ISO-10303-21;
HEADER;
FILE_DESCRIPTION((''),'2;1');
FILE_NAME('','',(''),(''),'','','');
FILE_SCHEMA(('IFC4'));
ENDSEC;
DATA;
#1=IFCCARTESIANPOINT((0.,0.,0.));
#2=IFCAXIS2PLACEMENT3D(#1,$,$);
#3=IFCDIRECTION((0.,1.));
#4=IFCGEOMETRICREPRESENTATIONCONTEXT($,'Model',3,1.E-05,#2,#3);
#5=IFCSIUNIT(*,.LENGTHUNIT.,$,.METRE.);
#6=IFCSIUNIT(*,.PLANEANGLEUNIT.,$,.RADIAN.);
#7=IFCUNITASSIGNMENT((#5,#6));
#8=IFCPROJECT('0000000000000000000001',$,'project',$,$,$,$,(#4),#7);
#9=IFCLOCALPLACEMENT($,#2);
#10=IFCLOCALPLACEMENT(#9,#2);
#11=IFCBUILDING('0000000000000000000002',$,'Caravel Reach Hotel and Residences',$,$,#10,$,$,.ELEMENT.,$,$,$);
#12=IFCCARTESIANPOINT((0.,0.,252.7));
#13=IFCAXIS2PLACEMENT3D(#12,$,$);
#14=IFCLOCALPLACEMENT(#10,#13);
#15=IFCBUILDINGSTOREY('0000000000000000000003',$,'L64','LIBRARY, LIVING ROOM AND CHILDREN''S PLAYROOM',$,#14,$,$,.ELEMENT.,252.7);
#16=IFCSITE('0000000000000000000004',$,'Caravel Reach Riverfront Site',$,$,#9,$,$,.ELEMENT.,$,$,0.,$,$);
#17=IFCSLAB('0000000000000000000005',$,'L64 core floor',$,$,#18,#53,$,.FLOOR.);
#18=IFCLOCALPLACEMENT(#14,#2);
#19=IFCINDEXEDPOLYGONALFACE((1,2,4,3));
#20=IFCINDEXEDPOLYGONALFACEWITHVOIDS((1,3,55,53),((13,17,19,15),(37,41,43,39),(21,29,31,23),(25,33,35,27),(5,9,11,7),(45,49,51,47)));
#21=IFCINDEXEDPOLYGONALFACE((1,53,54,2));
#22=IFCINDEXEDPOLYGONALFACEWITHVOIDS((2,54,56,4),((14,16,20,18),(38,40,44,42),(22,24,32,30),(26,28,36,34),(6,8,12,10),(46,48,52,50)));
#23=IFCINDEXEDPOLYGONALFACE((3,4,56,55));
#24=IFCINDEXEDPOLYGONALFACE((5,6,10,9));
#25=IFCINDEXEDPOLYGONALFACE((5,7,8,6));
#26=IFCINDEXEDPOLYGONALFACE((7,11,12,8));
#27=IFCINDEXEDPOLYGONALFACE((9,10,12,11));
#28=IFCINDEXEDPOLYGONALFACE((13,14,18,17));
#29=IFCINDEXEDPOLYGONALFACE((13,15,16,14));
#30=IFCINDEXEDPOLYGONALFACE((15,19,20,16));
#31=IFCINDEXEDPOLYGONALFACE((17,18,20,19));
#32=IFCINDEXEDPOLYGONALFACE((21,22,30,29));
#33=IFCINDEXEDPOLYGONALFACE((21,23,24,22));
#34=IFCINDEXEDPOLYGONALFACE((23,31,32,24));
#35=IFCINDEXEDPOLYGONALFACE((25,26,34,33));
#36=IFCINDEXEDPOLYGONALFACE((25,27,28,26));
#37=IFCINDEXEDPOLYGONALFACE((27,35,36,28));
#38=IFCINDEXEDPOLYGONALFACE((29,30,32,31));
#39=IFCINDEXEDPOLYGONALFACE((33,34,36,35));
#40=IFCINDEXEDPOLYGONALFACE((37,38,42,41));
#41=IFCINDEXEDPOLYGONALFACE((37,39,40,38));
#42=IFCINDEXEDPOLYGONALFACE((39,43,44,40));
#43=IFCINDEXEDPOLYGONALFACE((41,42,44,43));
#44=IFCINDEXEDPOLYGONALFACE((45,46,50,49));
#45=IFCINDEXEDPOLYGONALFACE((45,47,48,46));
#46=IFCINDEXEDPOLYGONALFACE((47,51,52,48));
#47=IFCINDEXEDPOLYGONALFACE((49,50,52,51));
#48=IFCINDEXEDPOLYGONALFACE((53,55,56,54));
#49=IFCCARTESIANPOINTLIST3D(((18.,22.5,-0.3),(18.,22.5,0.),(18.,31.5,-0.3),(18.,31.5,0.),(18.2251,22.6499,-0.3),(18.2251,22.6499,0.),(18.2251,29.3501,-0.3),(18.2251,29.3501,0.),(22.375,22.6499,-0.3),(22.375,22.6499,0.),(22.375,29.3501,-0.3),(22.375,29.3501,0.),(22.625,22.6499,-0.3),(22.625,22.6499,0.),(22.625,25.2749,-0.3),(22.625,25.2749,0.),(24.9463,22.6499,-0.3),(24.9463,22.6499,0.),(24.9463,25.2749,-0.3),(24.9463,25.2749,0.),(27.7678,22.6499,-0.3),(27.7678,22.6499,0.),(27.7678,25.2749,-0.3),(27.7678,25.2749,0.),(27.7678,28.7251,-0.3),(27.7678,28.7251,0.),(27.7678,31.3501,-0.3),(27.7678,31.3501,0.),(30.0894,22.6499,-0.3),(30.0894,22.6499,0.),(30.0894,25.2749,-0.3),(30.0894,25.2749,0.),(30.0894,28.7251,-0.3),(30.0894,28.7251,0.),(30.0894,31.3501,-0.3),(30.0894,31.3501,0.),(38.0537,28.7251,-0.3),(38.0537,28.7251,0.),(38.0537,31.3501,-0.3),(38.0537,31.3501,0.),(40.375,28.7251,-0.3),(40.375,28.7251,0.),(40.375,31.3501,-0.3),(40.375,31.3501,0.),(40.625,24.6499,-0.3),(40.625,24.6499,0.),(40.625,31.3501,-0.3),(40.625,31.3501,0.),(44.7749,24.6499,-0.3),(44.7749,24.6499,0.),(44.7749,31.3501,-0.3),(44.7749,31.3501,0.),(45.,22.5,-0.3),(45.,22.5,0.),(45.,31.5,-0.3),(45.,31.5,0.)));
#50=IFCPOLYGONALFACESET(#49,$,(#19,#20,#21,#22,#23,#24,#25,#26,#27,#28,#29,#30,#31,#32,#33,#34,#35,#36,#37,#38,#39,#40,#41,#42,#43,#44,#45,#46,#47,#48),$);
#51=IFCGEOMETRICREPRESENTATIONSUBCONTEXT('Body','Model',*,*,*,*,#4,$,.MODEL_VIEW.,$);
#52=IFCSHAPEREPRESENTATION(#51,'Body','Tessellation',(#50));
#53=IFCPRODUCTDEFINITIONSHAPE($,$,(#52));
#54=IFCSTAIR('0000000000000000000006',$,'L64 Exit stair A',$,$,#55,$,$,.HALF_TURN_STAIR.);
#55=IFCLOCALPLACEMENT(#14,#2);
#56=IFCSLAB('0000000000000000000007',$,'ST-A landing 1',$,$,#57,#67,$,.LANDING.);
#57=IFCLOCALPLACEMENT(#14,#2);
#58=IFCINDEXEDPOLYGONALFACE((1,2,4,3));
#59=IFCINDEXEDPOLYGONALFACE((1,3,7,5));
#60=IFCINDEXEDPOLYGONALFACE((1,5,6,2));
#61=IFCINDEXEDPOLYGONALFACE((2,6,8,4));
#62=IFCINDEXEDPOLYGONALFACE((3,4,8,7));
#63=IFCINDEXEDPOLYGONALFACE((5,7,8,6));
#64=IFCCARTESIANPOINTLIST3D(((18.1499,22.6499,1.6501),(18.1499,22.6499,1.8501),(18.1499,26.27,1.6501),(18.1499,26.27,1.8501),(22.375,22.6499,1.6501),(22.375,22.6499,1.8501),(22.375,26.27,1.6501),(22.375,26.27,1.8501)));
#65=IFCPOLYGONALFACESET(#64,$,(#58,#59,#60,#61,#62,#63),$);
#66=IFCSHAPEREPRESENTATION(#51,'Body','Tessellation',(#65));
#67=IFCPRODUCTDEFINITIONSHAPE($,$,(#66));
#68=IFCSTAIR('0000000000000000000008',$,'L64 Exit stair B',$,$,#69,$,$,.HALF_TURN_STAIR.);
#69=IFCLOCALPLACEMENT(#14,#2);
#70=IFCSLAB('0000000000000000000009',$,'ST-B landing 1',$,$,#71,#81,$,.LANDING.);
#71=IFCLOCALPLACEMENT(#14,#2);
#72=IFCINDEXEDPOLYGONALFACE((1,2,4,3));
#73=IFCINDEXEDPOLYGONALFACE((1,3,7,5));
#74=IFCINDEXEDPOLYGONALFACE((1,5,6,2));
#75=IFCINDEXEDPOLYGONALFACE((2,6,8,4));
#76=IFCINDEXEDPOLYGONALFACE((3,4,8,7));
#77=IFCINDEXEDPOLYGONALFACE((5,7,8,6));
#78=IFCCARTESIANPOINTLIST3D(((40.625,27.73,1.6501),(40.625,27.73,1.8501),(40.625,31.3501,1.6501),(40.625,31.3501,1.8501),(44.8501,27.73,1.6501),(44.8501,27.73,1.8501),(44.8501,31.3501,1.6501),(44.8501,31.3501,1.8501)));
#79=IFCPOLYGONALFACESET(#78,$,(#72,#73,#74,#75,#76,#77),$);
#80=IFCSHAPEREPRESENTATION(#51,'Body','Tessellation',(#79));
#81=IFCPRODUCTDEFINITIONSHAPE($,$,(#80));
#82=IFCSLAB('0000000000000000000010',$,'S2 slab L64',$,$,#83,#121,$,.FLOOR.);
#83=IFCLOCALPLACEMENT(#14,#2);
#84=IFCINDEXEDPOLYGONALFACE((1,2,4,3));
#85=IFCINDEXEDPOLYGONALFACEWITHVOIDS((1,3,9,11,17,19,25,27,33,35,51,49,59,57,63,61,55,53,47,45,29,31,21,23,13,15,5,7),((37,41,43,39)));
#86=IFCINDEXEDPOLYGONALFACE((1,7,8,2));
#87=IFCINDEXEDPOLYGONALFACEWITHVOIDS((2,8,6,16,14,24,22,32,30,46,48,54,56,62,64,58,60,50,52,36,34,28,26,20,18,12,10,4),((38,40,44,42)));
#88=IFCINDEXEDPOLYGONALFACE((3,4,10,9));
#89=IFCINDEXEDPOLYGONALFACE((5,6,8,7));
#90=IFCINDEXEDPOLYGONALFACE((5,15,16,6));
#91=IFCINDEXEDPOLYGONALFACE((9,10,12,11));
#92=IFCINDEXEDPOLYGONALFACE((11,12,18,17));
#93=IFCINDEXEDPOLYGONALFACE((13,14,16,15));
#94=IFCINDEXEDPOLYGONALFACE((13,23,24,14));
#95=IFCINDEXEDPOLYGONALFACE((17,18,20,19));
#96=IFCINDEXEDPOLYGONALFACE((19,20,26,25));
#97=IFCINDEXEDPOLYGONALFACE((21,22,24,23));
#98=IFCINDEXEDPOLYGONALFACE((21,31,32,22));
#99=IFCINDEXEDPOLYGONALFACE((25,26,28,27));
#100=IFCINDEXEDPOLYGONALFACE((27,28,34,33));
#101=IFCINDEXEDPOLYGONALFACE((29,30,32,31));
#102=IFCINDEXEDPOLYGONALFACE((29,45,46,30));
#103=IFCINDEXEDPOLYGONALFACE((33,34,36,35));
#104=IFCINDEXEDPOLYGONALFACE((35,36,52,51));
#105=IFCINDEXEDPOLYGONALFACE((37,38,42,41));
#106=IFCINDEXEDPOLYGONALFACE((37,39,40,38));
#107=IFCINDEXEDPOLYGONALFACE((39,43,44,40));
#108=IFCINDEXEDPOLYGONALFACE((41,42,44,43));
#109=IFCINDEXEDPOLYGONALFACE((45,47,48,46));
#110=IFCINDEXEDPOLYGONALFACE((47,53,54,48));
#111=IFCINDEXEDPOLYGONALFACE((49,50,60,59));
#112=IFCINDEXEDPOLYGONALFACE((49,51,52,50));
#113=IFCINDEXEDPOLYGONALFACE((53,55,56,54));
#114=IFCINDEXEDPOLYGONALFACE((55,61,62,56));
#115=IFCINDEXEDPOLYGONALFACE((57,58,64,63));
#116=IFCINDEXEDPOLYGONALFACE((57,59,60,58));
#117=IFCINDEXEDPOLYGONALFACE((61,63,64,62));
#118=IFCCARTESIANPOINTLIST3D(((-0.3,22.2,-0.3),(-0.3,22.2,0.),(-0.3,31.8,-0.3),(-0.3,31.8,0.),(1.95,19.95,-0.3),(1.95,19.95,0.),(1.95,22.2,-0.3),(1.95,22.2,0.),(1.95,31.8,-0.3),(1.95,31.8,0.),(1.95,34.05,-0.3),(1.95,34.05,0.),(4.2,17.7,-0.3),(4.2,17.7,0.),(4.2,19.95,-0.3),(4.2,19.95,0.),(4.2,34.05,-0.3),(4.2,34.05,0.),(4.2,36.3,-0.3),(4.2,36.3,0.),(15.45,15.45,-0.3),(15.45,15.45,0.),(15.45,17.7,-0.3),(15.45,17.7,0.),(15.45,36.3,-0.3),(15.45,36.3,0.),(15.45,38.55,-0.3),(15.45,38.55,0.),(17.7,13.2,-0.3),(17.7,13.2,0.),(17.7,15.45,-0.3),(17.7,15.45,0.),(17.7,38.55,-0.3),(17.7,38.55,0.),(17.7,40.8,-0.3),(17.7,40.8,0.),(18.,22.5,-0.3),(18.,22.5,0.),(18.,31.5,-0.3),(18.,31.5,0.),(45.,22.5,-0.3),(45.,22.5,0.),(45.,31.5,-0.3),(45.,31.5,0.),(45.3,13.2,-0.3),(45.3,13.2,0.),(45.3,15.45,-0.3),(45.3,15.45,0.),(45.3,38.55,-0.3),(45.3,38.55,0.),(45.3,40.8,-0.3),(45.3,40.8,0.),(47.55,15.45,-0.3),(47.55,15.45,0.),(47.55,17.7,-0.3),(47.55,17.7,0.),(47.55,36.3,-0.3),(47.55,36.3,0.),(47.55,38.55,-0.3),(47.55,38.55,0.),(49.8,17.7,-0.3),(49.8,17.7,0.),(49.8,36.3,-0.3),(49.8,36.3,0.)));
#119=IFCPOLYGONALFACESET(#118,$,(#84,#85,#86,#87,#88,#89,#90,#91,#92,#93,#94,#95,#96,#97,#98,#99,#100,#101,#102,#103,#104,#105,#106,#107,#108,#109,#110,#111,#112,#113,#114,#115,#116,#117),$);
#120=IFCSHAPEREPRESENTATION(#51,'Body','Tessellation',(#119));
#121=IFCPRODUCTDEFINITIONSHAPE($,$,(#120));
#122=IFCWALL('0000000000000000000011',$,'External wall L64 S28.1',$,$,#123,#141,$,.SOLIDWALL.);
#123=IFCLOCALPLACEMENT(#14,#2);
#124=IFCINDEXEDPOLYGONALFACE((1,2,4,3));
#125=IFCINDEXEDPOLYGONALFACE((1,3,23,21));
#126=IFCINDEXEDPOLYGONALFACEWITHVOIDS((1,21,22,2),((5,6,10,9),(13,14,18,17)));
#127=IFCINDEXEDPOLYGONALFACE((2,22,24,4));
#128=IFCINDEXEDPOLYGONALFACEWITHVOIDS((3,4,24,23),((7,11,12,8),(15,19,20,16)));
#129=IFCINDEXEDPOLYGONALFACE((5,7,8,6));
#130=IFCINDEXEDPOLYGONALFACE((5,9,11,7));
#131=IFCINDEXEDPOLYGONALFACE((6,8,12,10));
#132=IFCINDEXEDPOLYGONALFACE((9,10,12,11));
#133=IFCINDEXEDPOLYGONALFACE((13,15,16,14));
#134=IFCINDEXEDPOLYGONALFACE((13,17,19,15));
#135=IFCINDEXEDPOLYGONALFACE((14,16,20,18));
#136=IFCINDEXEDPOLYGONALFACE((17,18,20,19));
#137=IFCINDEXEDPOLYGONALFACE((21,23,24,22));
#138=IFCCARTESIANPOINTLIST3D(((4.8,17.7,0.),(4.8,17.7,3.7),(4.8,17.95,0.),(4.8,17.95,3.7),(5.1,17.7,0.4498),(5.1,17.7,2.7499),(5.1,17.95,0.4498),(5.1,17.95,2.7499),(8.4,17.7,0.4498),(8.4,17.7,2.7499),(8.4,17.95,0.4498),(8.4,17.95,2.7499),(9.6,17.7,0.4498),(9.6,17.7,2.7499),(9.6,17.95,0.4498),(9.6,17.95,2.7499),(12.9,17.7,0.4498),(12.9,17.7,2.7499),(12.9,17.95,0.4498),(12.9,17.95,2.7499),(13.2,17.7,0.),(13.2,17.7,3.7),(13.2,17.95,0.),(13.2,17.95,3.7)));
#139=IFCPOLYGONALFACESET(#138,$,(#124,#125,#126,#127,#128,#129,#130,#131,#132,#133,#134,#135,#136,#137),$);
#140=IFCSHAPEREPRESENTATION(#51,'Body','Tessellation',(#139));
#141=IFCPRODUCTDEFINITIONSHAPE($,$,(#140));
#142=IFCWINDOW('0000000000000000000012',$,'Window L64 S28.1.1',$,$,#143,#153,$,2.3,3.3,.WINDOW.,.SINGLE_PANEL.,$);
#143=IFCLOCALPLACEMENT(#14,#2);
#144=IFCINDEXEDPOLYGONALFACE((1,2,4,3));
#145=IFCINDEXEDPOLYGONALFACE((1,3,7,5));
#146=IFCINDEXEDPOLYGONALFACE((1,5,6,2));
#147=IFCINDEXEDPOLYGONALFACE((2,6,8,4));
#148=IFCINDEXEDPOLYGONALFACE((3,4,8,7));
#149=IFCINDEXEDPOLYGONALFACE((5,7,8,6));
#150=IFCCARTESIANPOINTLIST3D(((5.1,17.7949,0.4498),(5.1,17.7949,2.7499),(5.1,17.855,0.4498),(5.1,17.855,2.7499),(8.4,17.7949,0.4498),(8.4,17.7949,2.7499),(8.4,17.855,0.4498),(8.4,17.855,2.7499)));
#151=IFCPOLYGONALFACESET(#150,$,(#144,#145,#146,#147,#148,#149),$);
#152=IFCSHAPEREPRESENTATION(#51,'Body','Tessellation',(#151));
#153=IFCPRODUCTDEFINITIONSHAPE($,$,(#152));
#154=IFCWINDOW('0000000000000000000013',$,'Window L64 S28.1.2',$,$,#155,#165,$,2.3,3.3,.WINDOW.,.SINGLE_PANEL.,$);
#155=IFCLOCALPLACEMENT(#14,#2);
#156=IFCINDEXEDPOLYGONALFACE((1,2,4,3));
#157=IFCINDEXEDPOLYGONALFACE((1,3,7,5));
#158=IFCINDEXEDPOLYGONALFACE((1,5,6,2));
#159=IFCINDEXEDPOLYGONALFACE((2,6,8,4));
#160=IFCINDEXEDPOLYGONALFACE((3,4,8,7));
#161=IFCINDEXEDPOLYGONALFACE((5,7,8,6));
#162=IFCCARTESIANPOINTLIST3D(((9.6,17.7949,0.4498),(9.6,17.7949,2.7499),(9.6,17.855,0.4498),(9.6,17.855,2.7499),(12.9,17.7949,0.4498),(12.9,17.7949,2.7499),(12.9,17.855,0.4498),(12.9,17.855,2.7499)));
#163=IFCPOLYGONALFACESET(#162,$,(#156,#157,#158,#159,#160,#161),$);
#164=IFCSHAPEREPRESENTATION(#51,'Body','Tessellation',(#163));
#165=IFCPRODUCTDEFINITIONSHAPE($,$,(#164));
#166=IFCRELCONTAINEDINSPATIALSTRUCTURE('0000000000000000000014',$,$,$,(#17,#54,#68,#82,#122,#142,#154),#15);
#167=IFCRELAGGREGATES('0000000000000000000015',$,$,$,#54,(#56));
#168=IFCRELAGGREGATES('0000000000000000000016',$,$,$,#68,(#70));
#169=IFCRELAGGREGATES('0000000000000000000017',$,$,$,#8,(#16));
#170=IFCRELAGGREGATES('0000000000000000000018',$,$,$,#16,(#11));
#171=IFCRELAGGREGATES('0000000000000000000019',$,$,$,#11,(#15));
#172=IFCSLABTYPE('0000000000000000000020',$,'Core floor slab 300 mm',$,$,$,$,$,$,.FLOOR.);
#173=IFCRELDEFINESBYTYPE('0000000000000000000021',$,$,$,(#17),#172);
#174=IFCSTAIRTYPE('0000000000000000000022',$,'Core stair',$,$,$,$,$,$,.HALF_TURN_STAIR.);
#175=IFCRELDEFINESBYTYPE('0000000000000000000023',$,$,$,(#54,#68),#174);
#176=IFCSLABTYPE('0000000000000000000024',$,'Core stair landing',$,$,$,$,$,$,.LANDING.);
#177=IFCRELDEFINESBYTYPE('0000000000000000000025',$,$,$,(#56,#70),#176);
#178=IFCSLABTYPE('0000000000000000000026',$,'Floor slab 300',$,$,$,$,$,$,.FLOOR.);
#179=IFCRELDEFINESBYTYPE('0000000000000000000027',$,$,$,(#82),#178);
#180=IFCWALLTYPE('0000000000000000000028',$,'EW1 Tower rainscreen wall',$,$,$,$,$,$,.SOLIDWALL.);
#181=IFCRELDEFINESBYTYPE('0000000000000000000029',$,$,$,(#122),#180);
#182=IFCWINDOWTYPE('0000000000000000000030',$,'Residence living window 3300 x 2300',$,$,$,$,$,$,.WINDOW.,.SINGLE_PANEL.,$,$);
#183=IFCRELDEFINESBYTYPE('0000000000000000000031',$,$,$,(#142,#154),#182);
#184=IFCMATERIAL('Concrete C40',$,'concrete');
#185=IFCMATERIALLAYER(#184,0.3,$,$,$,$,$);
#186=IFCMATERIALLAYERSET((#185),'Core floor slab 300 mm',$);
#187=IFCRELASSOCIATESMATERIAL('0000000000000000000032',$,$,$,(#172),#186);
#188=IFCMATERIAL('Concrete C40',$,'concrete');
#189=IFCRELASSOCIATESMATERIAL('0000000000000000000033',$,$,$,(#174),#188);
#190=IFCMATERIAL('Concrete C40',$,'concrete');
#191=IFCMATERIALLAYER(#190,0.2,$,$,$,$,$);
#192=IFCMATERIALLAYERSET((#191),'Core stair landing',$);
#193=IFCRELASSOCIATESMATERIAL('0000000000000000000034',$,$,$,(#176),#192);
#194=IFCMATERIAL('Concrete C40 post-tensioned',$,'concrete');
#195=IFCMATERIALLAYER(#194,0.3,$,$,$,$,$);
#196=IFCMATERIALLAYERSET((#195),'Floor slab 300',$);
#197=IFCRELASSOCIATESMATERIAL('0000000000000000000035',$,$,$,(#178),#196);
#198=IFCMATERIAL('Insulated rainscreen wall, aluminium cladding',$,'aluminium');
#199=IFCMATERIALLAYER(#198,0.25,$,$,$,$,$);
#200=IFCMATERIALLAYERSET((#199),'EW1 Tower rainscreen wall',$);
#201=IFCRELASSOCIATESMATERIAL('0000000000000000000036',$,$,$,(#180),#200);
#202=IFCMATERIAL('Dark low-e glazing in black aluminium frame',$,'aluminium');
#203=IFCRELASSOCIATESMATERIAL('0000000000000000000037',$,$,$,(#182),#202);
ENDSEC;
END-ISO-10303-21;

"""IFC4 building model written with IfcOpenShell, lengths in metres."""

from ifc_helpers import new_model, si_unit, direction, frame, frame_2d, origin, place, context, subcontext, project, spatial, polyline, rectangle, outline, extrude, material, layer, layer_set, type_object, element, fill, aggregate, save


model = new_model("IFC4")

# Units and contexts
model_context = context("Model", 3, precision=1e-05, world=origin(), true_north=direction((0.0, 1.0)))
body_context = subcontext(model_context, "Body", "Model", "MODEL_VIEW")
ifc_project = project(units=[si_unit("LENGTHUNIT", "METRE"), si_unit("PLANEANGLEUNIT", "RADIAN")], contexts=[model_context])

# Site, building, storey
site_placement = place(None, origin())
site = spatial("IfcSite", under=ifc_project, at=site_placement, Name="Caravel Reach Riverfront Site", CompositionType="ELEMENT", RefElevation=0.0)
building_placement = place(site_placement, origin())
building = spatial("IfcBuilding", under=site, at=building_placement, Name="Caravel Reach Hotel and Residences", CompositionType="ELEMENT")
storey_placement = place(building_placement, frame((0.0, 0.0, 252.7)))
storey = spatial("IfcBuildingStorey", under=building, at=storey_placement, Name="L64", Description="LIBRARY, LIVING ROOM AND CHILDREN'S PLAYROOM", CompositionType="ELEMENT", Elevation=252.7)

# Slab
ifc_material_1 = material(Name="Concrete C40", Category="concrete")
ifc_layer_1 = layer(ifc_material_1, 0.3)
ifc_layer_set_1 = layer_set([ifc_layer_1], Name="Core floor slab 300 mm")
slab_type_1 = type_object("IfcSlabType", Name="Core floor slab 300 mm", PredefinedType="FLOOR", material=ifc_layer_set_1)
slab_1_placement = place(storey_placement, frame((0.0, 0.0, -0.3)))
element("IfcSlab", 1, at=slab_1_placement, inside=storey, type_object=slab_type_1, Name="L64 core floor", PredefinedType="FLOOR", context=body_context, shape_type="SweptSolid", body=[
    extrude(outline(polyline([(18.0, 31.5), (45.0, 31.5), (45.0, 22.5), (18.0, 22.5), (18.0, 31.5)]), holes=[polyline([(22.625, 22.6499), (24.9463, 22.6499), (24.9463, 25.2749), (22.625, 25.2749), (22.625, 22.6499)]), polyline([(27.7678, 25.2749), (27.7678, 22.6499), (30.0894, 22.6499), (30.0894, 25.2749), (27.7678, 25.2749)]), polyline([(22.375, 22.6499), (22.375, 29.3501), (18.2251, 29.3501), (18.2251, 22.6499), (22.375, 22.6499)]), polyline([(40.625, 24.6499), (44.7749, 24.6499), (44.7749, 31.3501), (40.625, 31.3501), (40.625, 24.6499)]), polyline([(27.7678, 31.3501), (27.7678, 28.7251), (30.0894, 28.7251), (30.0894, 31.3501), (27.7678, 31.3501)]), polyline([(38.0537, 31.3501), (38.0537, 28.7251), (40.375, 28.7251), (40.375, 31.3501), (38.0537, 31.3501)])]), origin(), (0.0, 0.0, 1.0), 0.3),
])

# Stairs, slabs
ifc_material_2 = material(Name="Concrete C40", Category="concrete")
stair_type = type_object("IfcStairType", Name="Core stair", PredefinedType="HALF_TURN_STAIR", material=ifc_material_2)
stair_1_placement = place(storey_placement, origin())
stair_1 = element("IfcStair", 2, at=stair_1_placement, inside=storey, type_object=stair_type, Name="L64 Exit stair A", PredefinedType="HALF_TURN_STAIR")
ifc_material_3 = material(Name="Concrete C40", Category="concrete")
ifc_layer_2 = layer(ifc_material_3, 0.2)
ifc_layer_set_2 = layer_set([ifc_layer_2], Name="Core stair landing")
slab_type_2 = type_object("IfcSlabType", Name="Core stair landing", PredefinedType="LANDING", material=ifc_layer_set_2)
slab_2_placement = place(storey_placement, frame((0.0, 0.0, 1.6501)))
slab_2 = element("IfcSlab", 3, at=slab_2_placement, type_object=slab_type_2, Name="ST-A landing 1", PredefinedType="LANDING", context=body_context, shape_type="SweptSolid", body=[
    extrude(outline(polyline([(18.1499, 26.27), (18.1499, 22.6499), (22.375, 22.6499), (22.375, 26.27), (18.1499, 26.27)])), origin(), (0.0, 0.0, 1.0), 0.2),
])
aggregate(stair_1, [slab_2])
stair_2_placement = place(storey_placement, origin())
stair_2 = element("IfcStair", 4, at=stair_2_placement, inside=storey, type_object=stair_type, Name="L64 Exit stair B", PredefinedType="HALF_TURN_STAIR")
slab_3_placement = place(storey_placement, frame((0.0, 0.0, 1.6501)))
slab_3 = element("IfcSlab", 5, at=slab_3_placement, type_object=slab_type_2, Name="ST-B landing 1", PredefinedType="LANDING", context=body_context, shape_type="SweptSolid", body=[
    extrude(outline(polyline([(44.8501, 27.73), (44.8501, 31.3501), (40.625, 31.3501), (40.625, 27.73), (44.8501, 27.73)])), origin(), (0.0, 0.0, 1.0), 0.2),
])
aggregate(stair_2, [slab_3])

# Slab
ifc_material_4 = material(Name="Concrete C40 post-tensioned", Category="concrete")
ifc_layer_3 = layer(ifc_material_4, 0.3)
ifc_layer_set_3 = layer_set([ifc_layer_3], Name="Floor slab 300")
slab_type_3 = type_object("IfcSlabType", Name="Floor slab 300", PredefinedType="FLOOR", material=ifc_layer_set_3)
slab_4_placement = place(storey_placement, frame((0.0, 0.0, -0.3)))
element("IfcSlab", 6, at=slab_4_placement, inside=storey, type_object=slab_type_3, Name="S2 slab L64", PredefinedType="FLOOR", context=body_context, shape_type="SweptSolid", body=[
    extrude(outline(polyline([(4.2, 19.95), (1.95, 19.95), (1.95, 22.2), (-0.3, 22.2), (-0.3, 31.8), (1.95, 31.8), (1.95, 34.05), (4.2, 34.05), (4.2, 36.3), (15.45, 36.3), (15.45, 38.55), (17.7, 38.55), (17.7, 40.8), (45.3, 40.8), (45.3, 38.55), (47.55, 38.55), (47.55, 36.3), (49.8, 36.3), (49.8, 17.7), (47.55, 17.7), (47.55, 15.45), (45.3, 15.45), (45.3, 13.2), (17.7, 13.2), (17.7, 15.45), (15.45, 15.45), (15.45, 17.7), (4.2, 17.7), (4.2, 19.95)]), holes=[polyline([(45.0, 31.5), (18.0, 31.5), (18.0, 22.5), (45.0, 22.5), (45.0, 31.5)])]), origin(), (0.0, 0.0, 1.0), 0.3),
])

# Wall, openings, windows
ifc_material_5 = material(Name="Insulated rainscreen wall, aluminium cladding", Category="aluminium")
ifc_layer_4 = layer(ifc_material_5, 0.25)
ifc_layer_set_4 = layer_set([ifc_layer_4], Name="EW1 Tower rainscreen wall")
wall_type_1 = type_object("IfcWallType", Name="EW1 Tower rainscreen wall", PredefinedType="SOLIDWALL", material=ifc_layer_set_4)
wall_1_placement = place(storey_placement, frame((4.8, 17.825, 0.0), z_axis=(0.0, 0.0, 1.0), x_axis=(1.0, 0.0, 0.0)))
wall_1 = element("IfcWall", 7, at=wall_1_placement, inside=storey, type_object=wall_type_1, Name="External wall L64 S28.1", PredefinedType="SOLIDWALL", context=body_context, shape_type="SweptSolid", body=[
    extrude(rectangle(XDim=8.3999, YDim=0.25, at=frame_2d((4.2, 0.0))), origin(), (0.0, 0.0, 1.0), 3.7),
])
opening_1_placement = place(wall_1_placement, frame((0.3, 0.0, 0.45)))
opening_1 = element("IfcOpeningElement", 8, at=opening_1_placement, cuts=wall_1, PredefinedType="OPENING", context=body_context, shape_type="SweptSolid", body=[
    extrude(rectangle(XDim=3.3, YDim=2.3, at=frame_2d((1.6499, 1.1499))), frame((0.0, 0.135, 0.0), z_axis=(0.0, -1.0, 0.0), x_axis=(1.0, 0.0, 0.0)), (0.0, 0.0, 1.0), 0.27),
])
opening_2_placement = place(wall_1_placement, frame((4.8, 0.0, 0.45)))
opening_2 = element("IfcOpeningElement", 9, at=opening_2_placement, cuts=wall_1, PredefinedType="OPENING", context=body_context, shape_type="SweptSolid", body=[
    extrude(rectangle(XDim=3.3, YDim=2.3, at=frame_2d((1.6499, 1.1499))), frame((0.0, 0.135, 0.0), z_axis=(0.0, -1.0, 0.0), x_axis=(1.0, 0.0, 0.0)), (0.0, 0.0, 1.0), 0.27),
])
ifc_material_6 = material(Name="Dark low-e glazing in black aluminium frame", Category="aluminium")
window_type = type_object("IfcWindowType", Name="Residence living window 3300 x 2300", PartitioningType="SINGLE_PANEL", PredefinedType="WINDOW", material=ifc_material_6)
window_1_placement = place(opening_1_placement, origin())
window_1 = element("IfcWindow", 10, at=window_1_placement, inside=storey, type_object=window_type, Name="Window L64 S28.1.1", OverallHeight=2.3, OverallWidth=3.3, PartitioningType="SINGLE_PANEL", PredefinedType="WINDOW", context=body_context, shape_type="SweptSolid", body=[
    extrude(rectangle(XDim=3.3, YDim=2.3, at=frame_2d((1.6499, 1.1499))), frame((0.0, 0.03, 0.0), z_axis=(0.0, -1.0, 0.0), x_axis=(1.0, 0.0, 0.0)), (0.0, 0.0, 1.0), 0.0601),
])
fill(opening_1, window_1)
window_2_placement = place(opening_2_placement, origin())
window_2 = element("IfcWindow", 11, at=window_2_placement, inside=storey, type_object=window_type, Name="Window L64 S28.1.2", OverallHeight=2.3, OverallWidth=3.3, PartitioningType="SINGLE_PANEL", PredefinedType="WINDOW", context=body_context, shape_type="SweptSolid", body=[
    extrude(rectangle(XDim=3.3, YDim=2.3, at=frame_2d((1.6499, 1.1499))), frame((0.0, 0.03, 0.0), z_axis=(0.0, -1.0, 0.0), x_axis=(1.0, 0.0, 0.0)), (0.0, 0.0, 1.0), 0.0601),
])
fill(opening_2, window_2)

save(model, "model.ifc")
